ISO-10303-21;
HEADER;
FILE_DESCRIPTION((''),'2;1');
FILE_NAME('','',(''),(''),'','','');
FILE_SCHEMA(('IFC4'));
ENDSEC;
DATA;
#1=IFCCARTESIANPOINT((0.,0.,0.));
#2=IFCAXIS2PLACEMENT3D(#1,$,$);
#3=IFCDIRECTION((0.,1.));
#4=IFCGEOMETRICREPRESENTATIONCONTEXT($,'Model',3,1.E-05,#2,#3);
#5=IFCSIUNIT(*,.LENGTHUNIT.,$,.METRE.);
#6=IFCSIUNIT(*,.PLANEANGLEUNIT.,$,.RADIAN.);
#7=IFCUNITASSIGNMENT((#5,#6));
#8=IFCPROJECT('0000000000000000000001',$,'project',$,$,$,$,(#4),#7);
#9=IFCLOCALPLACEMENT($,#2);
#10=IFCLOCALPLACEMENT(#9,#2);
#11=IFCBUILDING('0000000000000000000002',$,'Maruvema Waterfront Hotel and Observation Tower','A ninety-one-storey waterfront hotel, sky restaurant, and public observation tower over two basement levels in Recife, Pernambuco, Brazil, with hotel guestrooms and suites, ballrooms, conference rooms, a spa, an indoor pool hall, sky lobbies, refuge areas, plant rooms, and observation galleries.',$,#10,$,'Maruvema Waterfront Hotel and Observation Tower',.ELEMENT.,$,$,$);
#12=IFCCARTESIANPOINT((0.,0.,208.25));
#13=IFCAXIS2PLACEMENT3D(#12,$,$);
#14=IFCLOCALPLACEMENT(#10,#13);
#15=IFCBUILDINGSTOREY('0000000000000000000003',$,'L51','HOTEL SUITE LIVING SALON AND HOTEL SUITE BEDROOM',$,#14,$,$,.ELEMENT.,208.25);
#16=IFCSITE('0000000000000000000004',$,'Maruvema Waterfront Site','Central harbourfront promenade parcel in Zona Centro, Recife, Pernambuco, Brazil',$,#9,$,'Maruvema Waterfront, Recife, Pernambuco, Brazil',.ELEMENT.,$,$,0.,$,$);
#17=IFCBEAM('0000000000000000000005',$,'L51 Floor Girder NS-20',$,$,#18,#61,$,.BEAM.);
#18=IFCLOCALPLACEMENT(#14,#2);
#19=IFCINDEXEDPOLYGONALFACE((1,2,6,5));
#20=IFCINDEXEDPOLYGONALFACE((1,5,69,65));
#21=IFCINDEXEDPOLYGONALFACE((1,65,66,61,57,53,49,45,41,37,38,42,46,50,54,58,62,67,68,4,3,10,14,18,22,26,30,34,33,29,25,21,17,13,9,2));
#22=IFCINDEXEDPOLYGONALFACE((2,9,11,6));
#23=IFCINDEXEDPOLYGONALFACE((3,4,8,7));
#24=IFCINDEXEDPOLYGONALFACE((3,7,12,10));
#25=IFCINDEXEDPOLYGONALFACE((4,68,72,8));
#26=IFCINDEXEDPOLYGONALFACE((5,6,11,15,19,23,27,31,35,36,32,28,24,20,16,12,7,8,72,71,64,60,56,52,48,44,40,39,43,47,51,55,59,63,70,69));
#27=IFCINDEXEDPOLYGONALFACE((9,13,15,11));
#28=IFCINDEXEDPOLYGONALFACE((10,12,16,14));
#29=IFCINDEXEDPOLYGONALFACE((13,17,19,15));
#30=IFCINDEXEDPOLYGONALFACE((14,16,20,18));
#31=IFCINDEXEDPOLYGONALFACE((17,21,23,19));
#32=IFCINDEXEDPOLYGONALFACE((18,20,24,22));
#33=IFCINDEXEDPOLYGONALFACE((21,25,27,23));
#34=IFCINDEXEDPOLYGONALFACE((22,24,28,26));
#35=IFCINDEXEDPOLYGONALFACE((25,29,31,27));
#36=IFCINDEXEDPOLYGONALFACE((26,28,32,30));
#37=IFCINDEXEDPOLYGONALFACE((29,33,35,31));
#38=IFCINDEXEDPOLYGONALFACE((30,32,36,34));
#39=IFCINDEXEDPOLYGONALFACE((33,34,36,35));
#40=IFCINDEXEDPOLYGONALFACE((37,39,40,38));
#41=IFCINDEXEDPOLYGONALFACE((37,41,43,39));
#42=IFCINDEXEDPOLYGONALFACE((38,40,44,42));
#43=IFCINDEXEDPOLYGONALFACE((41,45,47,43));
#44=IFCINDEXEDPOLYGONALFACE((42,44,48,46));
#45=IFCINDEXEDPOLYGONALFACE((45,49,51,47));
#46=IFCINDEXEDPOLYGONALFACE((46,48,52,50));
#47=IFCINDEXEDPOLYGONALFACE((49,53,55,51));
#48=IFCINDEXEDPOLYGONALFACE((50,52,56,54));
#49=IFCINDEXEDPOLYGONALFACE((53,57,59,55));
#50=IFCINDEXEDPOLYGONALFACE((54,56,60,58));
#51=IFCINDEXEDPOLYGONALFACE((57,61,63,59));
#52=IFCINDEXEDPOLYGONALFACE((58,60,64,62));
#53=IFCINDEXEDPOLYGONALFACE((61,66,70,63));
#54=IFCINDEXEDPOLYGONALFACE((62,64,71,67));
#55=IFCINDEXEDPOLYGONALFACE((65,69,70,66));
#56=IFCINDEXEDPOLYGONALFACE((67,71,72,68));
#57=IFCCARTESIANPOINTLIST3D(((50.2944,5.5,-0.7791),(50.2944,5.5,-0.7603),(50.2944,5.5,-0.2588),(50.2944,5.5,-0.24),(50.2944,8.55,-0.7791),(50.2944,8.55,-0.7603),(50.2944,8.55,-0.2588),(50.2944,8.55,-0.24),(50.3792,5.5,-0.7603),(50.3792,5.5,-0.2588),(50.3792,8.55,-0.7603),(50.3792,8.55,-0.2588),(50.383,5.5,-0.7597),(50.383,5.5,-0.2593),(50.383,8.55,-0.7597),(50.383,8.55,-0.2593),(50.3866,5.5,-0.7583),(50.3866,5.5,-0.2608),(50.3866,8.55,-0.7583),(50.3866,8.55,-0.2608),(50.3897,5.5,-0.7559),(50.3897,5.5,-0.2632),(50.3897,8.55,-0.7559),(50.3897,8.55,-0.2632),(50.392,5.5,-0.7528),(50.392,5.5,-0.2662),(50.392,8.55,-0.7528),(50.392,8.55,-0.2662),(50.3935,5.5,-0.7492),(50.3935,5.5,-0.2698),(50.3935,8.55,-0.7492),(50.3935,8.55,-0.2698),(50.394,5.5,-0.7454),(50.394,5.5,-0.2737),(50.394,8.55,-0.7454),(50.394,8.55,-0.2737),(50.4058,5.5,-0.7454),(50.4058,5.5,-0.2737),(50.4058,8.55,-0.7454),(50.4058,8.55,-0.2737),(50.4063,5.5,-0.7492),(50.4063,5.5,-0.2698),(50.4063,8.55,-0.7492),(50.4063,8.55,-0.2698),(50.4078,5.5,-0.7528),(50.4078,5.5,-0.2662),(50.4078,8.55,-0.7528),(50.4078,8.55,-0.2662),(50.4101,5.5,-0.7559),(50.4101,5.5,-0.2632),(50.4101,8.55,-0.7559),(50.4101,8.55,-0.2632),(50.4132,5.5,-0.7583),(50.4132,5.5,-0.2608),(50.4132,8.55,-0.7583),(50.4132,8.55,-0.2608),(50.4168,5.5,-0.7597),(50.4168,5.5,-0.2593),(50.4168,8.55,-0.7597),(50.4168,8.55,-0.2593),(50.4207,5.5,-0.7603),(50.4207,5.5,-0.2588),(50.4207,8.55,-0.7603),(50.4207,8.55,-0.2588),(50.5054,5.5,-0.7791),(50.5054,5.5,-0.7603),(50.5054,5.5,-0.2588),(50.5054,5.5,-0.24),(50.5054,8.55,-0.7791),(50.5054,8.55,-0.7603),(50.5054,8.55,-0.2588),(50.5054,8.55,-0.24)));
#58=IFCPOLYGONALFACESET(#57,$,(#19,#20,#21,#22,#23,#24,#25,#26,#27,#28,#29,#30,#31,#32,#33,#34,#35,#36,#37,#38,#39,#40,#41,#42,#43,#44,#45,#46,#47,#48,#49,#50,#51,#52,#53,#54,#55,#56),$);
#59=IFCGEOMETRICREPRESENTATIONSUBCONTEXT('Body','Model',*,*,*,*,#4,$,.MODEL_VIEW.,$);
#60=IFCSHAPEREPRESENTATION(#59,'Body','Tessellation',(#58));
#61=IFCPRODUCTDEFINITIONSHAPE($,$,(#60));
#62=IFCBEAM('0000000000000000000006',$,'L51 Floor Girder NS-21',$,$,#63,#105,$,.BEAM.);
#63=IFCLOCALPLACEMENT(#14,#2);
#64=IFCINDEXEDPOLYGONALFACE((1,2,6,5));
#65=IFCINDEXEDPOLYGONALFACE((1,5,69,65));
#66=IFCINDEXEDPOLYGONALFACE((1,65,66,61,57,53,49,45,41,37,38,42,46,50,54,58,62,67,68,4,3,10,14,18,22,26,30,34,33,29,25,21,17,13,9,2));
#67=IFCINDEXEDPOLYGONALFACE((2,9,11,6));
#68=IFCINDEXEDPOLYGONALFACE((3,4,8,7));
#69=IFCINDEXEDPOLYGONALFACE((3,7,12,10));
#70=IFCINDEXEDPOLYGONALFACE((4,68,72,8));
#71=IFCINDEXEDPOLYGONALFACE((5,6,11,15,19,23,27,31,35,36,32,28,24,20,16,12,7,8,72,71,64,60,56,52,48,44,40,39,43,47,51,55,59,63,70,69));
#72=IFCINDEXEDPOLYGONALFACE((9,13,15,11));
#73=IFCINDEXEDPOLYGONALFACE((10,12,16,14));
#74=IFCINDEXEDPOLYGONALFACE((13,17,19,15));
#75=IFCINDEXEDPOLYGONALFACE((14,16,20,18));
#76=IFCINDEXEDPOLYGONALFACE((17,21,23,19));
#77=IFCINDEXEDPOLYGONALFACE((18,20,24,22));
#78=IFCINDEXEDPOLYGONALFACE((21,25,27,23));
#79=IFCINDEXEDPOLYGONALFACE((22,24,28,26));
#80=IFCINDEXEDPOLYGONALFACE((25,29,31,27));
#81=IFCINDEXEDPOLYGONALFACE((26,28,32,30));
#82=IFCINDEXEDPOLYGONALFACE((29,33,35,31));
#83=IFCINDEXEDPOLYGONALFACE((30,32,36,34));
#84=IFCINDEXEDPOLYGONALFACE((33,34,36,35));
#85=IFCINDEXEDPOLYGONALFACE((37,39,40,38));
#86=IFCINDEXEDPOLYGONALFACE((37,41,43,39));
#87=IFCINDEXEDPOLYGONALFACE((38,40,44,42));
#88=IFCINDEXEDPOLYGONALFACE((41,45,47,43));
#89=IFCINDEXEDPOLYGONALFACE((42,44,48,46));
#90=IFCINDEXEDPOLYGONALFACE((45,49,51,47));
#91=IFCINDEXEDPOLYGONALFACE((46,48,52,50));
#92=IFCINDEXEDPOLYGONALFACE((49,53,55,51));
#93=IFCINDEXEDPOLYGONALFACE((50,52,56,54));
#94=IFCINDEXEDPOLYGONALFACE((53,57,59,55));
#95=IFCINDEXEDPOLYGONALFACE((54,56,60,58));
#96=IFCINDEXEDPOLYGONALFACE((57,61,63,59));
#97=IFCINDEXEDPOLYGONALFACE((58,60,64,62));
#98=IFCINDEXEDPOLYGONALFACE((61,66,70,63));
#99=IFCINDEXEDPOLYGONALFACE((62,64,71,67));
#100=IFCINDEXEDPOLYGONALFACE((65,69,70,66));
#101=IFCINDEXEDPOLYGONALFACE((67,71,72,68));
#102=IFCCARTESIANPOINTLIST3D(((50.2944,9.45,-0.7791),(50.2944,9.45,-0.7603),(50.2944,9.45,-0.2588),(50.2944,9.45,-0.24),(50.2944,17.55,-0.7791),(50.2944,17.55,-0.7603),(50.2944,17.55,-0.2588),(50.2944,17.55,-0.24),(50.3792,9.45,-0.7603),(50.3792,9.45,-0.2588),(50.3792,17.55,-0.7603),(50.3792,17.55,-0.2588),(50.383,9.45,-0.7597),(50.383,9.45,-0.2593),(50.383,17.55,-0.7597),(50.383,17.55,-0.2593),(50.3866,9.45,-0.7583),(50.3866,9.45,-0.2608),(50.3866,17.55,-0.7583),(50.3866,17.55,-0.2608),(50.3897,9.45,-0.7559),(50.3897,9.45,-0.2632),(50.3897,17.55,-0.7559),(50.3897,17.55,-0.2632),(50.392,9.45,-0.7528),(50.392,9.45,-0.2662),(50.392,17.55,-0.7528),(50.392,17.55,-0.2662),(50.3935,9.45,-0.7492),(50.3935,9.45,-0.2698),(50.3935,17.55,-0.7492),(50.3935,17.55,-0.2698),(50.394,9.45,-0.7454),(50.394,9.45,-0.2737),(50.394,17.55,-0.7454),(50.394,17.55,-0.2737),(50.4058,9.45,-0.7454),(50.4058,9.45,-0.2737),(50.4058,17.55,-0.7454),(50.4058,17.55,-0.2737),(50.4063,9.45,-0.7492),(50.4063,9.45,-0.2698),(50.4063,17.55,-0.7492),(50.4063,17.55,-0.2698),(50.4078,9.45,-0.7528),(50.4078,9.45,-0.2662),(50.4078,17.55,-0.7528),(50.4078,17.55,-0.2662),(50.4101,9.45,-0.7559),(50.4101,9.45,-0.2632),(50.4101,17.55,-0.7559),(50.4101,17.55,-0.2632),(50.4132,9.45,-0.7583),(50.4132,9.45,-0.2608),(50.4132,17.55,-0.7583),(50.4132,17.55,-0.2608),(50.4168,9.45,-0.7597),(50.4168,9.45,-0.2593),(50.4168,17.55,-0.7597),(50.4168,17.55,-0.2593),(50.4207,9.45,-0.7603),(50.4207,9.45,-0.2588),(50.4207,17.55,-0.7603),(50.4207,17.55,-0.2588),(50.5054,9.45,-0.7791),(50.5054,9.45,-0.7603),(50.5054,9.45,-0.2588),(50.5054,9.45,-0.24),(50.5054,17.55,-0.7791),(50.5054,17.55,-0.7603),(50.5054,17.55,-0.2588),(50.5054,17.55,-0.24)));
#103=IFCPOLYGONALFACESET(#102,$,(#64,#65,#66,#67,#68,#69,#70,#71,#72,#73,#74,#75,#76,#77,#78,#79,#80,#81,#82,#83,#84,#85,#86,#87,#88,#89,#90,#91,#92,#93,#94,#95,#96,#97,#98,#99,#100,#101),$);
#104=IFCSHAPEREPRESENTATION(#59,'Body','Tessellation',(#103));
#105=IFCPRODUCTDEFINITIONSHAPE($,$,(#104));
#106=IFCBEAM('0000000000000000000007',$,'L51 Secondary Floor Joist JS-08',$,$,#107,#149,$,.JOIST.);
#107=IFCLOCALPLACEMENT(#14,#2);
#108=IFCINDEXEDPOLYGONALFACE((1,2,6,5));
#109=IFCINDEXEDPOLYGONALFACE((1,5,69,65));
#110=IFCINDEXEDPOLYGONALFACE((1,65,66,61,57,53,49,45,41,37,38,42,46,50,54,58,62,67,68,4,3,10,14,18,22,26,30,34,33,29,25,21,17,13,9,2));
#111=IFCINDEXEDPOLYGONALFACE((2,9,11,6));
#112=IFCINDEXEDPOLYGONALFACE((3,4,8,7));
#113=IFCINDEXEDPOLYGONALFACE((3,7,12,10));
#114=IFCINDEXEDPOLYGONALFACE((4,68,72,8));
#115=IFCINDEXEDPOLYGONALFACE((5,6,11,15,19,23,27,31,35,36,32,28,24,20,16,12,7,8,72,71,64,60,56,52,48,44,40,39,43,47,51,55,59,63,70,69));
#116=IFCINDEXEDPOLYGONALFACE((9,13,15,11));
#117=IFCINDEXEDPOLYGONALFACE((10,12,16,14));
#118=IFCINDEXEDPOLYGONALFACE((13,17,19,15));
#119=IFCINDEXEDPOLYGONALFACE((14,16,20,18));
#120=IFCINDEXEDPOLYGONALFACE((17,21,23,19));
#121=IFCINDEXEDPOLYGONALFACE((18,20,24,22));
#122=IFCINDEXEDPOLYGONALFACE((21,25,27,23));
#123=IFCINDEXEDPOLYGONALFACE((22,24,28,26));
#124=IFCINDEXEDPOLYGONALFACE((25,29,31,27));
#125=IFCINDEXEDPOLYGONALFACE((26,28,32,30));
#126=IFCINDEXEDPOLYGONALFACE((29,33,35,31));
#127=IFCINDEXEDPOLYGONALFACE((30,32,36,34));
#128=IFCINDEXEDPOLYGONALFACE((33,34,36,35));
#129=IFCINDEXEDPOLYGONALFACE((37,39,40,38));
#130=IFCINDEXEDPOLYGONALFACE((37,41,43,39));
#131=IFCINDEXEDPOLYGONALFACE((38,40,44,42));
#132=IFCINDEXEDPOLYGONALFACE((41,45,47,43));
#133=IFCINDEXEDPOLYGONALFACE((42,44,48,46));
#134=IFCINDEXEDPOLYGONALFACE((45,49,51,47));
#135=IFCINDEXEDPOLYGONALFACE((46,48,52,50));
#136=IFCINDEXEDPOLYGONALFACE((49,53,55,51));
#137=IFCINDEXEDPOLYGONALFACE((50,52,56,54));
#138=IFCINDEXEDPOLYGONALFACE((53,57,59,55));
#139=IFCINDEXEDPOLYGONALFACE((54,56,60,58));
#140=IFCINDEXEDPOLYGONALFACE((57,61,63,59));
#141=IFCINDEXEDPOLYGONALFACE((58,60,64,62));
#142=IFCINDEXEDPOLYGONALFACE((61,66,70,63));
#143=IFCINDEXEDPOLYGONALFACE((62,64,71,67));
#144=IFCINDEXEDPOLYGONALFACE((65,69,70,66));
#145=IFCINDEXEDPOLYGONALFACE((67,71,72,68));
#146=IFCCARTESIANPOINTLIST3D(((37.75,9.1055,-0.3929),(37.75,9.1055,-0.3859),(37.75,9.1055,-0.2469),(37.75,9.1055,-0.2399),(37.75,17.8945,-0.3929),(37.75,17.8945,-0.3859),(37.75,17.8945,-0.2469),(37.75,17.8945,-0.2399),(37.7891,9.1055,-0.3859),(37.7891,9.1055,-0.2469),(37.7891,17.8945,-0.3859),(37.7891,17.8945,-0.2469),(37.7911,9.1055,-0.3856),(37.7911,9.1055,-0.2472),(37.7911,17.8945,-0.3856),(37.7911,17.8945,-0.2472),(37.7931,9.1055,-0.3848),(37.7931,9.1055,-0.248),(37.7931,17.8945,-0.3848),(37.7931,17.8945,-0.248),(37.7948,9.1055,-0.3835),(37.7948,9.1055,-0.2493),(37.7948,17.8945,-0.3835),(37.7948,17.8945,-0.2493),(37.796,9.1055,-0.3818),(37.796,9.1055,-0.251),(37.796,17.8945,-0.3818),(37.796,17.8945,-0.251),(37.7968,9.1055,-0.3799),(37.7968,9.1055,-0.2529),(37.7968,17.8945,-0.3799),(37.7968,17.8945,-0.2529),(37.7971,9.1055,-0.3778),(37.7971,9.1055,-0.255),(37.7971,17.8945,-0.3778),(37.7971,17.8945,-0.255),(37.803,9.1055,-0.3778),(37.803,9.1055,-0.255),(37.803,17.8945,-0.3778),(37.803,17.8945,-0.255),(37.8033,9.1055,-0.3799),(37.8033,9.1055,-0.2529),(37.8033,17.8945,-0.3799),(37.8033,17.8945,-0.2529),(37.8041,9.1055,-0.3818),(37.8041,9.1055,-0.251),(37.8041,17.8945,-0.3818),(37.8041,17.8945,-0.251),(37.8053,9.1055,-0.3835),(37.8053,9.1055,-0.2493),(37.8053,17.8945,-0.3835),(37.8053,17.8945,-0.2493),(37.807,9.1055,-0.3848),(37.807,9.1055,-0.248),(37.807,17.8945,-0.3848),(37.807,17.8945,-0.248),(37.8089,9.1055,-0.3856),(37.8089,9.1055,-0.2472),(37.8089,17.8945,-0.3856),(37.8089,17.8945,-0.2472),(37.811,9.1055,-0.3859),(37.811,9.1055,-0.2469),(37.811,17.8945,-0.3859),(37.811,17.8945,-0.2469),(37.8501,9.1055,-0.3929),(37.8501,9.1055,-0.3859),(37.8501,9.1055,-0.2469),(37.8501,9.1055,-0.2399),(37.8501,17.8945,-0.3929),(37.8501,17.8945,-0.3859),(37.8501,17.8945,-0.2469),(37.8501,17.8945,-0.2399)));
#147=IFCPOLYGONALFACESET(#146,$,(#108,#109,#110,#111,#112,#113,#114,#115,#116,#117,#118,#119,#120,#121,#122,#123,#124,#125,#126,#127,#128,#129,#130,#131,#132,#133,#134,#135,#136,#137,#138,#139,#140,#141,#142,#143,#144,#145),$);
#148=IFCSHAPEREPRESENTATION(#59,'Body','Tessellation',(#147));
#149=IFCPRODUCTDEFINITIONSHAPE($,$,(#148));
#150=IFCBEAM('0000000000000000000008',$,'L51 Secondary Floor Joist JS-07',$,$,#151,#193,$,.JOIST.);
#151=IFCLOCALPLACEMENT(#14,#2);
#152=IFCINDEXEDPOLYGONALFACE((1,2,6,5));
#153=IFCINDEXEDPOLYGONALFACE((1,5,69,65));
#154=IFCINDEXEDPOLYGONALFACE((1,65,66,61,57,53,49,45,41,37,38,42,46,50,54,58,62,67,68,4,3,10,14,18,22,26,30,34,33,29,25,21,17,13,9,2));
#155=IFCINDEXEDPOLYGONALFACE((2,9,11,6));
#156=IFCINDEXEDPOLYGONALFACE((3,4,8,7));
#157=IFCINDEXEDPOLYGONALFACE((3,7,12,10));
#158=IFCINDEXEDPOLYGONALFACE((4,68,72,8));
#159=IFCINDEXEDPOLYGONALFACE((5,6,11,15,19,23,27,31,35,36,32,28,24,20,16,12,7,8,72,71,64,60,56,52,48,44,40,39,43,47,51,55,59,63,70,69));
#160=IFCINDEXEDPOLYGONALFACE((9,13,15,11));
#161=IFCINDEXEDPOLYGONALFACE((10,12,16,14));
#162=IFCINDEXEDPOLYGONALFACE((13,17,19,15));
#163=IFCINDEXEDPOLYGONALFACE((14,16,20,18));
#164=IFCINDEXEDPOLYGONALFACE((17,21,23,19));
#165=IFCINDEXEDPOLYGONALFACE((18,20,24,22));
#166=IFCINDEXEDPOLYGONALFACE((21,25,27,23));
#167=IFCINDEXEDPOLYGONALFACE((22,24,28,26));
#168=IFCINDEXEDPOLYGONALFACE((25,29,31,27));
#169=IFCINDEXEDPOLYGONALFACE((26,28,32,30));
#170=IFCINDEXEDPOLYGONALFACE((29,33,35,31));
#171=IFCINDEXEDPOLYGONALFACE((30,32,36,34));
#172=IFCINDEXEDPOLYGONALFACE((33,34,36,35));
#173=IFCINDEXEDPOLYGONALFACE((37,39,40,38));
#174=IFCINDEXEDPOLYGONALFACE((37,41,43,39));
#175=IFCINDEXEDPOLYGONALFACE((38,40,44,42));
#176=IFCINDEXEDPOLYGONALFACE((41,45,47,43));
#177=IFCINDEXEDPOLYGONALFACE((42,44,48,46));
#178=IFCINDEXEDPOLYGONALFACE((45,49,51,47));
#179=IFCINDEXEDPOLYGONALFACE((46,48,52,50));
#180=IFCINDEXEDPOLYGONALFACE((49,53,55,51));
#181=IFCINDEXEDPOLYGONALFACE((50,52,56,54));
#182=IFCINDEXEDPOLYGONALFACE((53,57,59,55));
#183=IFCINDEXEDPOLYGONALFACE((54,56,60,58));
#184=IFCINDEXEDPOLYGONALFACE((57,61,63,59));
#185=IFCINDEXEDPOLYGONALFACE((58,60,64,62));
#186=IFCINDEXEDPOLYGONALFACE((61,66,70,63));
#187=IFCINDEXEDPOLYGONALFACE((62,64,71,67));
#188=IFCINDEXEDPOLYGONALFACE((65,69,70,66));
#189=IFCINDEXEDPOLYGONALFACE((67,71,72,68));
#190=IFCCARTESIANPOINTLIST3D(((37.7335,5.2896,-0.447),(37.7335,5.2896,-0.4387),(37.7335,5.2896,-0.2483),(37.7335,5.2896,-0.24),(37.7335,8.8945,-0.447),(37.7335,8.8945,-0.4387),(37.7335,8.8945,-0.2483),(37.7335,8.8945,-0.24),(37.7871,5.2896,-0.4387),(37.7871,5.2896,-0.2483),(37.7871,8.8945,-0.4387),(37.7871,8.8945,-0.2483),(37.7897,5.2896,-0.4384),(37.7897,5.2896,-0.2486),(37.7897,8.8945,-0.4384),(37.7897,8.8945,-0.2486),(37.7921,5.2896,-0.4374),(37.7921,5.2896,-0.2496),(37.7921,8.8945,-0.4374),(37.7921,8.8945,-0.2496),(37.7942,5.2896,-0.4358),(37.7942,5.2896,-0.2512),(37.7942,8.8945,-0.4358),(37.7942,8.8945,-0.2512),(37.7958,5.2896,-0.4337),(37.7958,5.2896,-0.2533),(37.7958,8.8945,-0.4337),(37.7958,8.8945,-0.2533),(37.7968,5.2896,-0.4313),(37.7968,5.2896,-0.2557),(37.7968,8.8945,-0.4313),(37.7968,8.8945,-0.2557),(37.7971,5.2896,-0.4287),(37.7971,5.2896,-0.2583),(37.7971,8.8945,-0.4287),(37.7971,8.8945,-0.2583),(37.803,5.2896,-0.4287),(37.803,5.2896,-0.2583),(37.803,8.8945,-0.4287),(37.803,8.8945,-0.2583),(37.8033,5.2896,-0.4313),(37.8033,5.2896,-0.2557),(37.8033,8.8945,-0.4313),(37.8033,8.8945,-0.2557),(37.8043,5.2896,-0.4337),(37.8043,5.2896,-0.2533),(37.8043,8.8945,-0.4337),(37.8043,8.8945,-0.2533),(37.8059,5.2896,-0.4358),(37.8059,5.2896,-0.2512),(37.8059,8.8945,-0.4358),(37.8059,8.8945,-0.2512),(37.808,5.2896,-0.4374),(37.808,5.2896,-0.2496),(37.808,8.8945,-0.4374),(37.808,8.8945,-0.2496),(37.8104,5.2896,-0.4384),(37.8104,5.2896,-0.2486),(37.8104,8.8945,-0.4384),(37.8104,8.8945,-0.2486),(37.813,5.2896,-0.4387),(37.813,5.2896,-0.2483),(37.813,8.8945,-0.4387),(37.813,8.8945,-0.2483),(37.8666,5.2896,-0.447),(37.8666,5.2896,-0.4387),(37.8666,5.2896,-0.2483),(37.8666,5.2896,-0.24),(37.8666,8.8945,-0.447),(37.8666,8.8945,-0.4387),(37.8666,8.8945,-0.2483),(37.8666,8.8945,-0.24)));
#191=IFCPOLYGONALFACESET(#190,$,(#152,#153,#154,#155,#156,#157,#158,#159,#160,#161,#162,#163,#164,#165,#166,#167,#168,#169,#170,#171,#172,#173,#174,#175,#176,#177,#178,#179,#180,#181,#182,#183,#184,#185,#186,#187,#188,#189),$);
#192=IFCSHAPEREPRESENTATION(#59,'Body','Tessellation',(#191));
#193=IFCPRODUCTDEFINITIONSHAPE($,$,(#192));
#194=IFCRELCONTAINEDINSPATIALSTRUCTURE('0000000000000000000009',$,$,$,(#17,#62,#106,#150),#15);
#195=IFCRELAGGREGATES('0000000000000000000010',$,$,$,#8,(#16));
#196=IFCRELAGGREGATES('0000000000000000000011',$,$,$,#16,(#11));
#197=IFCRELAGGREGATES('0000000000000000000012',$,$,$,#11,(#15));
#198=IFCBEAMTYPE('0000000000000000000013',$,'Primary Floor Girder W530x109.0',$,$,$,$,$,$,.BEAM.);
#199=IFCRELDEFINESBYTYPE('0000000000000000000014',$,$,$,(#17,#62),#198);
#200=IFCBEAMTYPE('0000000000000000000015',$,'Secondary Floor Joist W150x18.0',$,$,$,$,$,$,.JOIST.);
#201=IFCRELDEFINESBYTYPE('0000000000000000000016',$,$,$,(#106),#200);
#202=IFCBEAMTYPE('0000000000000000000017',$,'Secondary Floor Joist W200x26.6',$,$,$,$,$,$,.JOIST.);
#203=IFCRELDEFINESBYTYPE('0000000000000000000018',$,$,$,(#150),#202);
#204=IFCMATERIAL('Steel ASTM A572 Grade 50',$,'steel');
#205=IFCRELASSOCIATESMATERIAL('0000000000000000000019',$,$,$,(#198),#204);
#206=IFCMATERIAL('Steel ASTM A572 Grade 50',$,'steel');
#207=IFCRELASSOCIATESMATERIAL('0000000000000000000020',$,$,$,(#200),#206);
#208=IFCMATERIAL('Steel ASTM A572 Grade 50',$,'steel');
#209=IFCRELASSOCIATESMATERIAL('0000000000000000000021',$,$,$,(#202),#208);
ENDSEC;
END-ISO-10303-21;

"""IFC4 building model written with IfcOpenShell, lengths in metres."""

from ifc_helpers import new_model, si_unit, direction, frame, origin, origin_2d, place, context, subcontext, project, spatial, i_section, extrude, material, material_profile, profile_set, type_object, element, save


model = new_model("IFC4")

# Units and contexts
model_context = context("Model", 3, precision=1e-05, world=origin(), true_north=direction((0.0, 1.0)))
body_context = subcontext(model_context, "Body", "Model", "MODEL_VIEW")
ifc_project = project(units=[si_unit("LENGTHUNIT", "METRE"), si_unit("PLANEANGLEUNIT", "RADIAN")], contexts=[model_context])

# Site, building, storey
site_placement = place(None, origin())
site = spatial("IfcSite", under=ifc_project, at=site_placement, Name="Maruvema Waterfront Site", Description="Central harbourfront promenade parcel in Zona Centro, Recife, Pernambuco, Brazil", LongName="Maruvema Waterfront, Recife, Pernambuco, Brazil", CompositionType="ELEMENT", RefElevation=0.0)
building_placement = place(site_placement, origin())
building = spatial("IfcBuilding", under=site, at=building_placement, Name="Maruvema Waterfront Hotel and Observation Tower", Description="A ninety-one-storey waterfront hotel, sky restaurant, and public observation tower over two basement levels in Recife, Pernambuco, Brazil, with hotel guestrooms and suites, ballrooms, conference rooms, a spa, an indoor pool hall, sky lobbies, refuge areas, plant rooms, and observation galleries.", LongName="Maruvema Waterfront Hotel and Observation Tower", CompositionType="ELEMENT")
storey_placement = place(building_placement, frame((0.0, 0.0, 208.25)))
storey = spatial("IfcBuildingStorey", under=building, at=storey_placement, Name="L51", Description="HOTEL SUITE LIVING SALON AND HOTEL SUITE BEDROOM", CompositionType="ELEMENT", Elevation=208.25)

# Beams
ifc_material_1 = material(Name="Steel ASTM A572 Grade 50", Category="steel")
ifc_material_profile_1 = material_profile(ifc_material_1, i_section(OverallWidth=0.2109, OverallDepth=0.5391, WebThickness=0.0117, FlangeThickness=0.0188, FilletRadius=0.0149, at=origin_2d()), Name="W530x109.0")
ifc_profile_set_1 = profile_set([ifc_material_profile_1], Name="Steel ASTM A572 Grade 50")
beam_type_1 = type_object("IfcBeamType", Name="Primary Floor Girder W530x109.0", PredefinedType="BEAM", material=ifc_profile_set_1)
beam_1_placement = place(storey_placement, frame((50.3999, 5.5, -0.5095), z_axis=(0.0, 1.0, 0.0), x_axis=(-1.0, 0.0, 0.0)))
element("IfcBeam", 1, at=beam_1_placement, inside=storey, type_object=beam_type_1, Name="L51 Floor Girder NS-20", PredefinedType="BEAM", context=body_context, shape_type="SweptSolid", body=[
    extrude(i_section(OverallWidth=0.2109, OverallDepth=0.5391, WebThickness=0.0117, FlangeThickness=0.0188, FilletRadius=0.0149, at=origin_2d()), origin(), (0.0, 0.0, 1.0), 3.05),
])
beam_2_placement = place(storey_placement, frame((50.3999, 9.45, -0.5095), z_axis=(0.0, 1.0, 0.0), x_axis=(-1.0, 0.0, 0.0)))
element("IfcBeam", 2, at=beam_2_placement, inside=storey, type_object=beam_type_1, Name="L51 Floor Girder NS-21", PredefinedType="BEAM", context=body_context, shape_type="SweptSolid", body=[
    extrude(i_section(OverallWidth=0.2109, OverallDepth=0.5391, WebThickness=0.0117, FlangeThickness=0.0188, FilletRadius=0.0149, at=origin_2d()), origin(), (0.0, 0.0, 1.0), 8.1001),
])
ifc_material_2 = material(Name="Steel ASTM A572 Grade 50", Category="steel")
ifc_material_profile_2 = material_profile(ifc_material_2, i_section(OverallWidth=0.1001, OverallDepth=0.1531, WebThickness=0.0059, FlangeThickness=0.0071, FilletRadius=0.0081, at=origin_2d()), Name="W150x18.0")
ifc_profile_set_2 = profile_set([ifc_material_profile_2], Name="Steel ASTM A572 Grade 50")
beam_type_2 = type_object("IfcBeamType", Name="Secondary Floor Joist W150x18.0", PredefinedType="JOIST", material=ifc_profile_set_2)
beam_3_placement = place(storey_placement, frame((37.8, 9.1055, -0.3164), z_axis=(0.0, 1.0, 0.0), x_axis=(-1.0, 0.0, 0.0)))
element("IfcBeam", 3, at=beam_3_placement, inside=storey, type_object=beam_type_2, Name="L51 Secondary Floor Joist JS-08", PredefinedType="JOIST", context=body_context, shape_type="SweptSolid", body=[
    extrude(i_section(OverallWidth=0.1001, OverallDepth=0.1531, WebThickness=0.0059, FlangeThickness=0.0071, FilletRadius=0.0081, at=origin_2d()), origin(), (0.0, 0.0, 1.0), 8.7891),
])
ifc_material_3 = material(Name="Steel ASTM A572 Grade 50", Category="steel")
ifc_material_profile_3 = material_profile(ifc_material_3, i_section(OverallWidth=0.1331, OverallDepth=0.207, WebThickness=0.0059, FlangeThickness=0.0083, FilletRadius=0.01, at=origin_2d()), Name="W200x26.6")
ifc_profile_set_3 = profile_set([ifc_material_profile_3], Name="Steel ASTM A572 Grade 50")
beam_type_3 = type_object("IfcBeamType", Name="Secondary Floor Joist W200x26.6", PredefinedType="JOIST", material=ifc_profile_set_3)
beam_4_placement = place(storey_placement, frame((37.8, 5.2896, -0.3435), z_axis=(0.0, 1.0, 0.0), x_axis=(-1.0, 0.0, 0.0)))
element("IfcBeam", 4, at=beam_4_placement, inside=storey, type_object=beam_type_3, Name="L51 Secondary Floor Joist JS-07", PredefinedType="JOIST", context=body_context, shape_type="SweptSolid", body=[
    extrude(i_section(OverallWidth=0.1331, OverallDepth=0.207, WebThickness=0.0059, FlangeThickness=0.0083, FilletRadius=0.01, at=origin_2d()), origin(), (0.0, 0.0, 1.0), 3.605),
])

save(model, "model.ifc")
